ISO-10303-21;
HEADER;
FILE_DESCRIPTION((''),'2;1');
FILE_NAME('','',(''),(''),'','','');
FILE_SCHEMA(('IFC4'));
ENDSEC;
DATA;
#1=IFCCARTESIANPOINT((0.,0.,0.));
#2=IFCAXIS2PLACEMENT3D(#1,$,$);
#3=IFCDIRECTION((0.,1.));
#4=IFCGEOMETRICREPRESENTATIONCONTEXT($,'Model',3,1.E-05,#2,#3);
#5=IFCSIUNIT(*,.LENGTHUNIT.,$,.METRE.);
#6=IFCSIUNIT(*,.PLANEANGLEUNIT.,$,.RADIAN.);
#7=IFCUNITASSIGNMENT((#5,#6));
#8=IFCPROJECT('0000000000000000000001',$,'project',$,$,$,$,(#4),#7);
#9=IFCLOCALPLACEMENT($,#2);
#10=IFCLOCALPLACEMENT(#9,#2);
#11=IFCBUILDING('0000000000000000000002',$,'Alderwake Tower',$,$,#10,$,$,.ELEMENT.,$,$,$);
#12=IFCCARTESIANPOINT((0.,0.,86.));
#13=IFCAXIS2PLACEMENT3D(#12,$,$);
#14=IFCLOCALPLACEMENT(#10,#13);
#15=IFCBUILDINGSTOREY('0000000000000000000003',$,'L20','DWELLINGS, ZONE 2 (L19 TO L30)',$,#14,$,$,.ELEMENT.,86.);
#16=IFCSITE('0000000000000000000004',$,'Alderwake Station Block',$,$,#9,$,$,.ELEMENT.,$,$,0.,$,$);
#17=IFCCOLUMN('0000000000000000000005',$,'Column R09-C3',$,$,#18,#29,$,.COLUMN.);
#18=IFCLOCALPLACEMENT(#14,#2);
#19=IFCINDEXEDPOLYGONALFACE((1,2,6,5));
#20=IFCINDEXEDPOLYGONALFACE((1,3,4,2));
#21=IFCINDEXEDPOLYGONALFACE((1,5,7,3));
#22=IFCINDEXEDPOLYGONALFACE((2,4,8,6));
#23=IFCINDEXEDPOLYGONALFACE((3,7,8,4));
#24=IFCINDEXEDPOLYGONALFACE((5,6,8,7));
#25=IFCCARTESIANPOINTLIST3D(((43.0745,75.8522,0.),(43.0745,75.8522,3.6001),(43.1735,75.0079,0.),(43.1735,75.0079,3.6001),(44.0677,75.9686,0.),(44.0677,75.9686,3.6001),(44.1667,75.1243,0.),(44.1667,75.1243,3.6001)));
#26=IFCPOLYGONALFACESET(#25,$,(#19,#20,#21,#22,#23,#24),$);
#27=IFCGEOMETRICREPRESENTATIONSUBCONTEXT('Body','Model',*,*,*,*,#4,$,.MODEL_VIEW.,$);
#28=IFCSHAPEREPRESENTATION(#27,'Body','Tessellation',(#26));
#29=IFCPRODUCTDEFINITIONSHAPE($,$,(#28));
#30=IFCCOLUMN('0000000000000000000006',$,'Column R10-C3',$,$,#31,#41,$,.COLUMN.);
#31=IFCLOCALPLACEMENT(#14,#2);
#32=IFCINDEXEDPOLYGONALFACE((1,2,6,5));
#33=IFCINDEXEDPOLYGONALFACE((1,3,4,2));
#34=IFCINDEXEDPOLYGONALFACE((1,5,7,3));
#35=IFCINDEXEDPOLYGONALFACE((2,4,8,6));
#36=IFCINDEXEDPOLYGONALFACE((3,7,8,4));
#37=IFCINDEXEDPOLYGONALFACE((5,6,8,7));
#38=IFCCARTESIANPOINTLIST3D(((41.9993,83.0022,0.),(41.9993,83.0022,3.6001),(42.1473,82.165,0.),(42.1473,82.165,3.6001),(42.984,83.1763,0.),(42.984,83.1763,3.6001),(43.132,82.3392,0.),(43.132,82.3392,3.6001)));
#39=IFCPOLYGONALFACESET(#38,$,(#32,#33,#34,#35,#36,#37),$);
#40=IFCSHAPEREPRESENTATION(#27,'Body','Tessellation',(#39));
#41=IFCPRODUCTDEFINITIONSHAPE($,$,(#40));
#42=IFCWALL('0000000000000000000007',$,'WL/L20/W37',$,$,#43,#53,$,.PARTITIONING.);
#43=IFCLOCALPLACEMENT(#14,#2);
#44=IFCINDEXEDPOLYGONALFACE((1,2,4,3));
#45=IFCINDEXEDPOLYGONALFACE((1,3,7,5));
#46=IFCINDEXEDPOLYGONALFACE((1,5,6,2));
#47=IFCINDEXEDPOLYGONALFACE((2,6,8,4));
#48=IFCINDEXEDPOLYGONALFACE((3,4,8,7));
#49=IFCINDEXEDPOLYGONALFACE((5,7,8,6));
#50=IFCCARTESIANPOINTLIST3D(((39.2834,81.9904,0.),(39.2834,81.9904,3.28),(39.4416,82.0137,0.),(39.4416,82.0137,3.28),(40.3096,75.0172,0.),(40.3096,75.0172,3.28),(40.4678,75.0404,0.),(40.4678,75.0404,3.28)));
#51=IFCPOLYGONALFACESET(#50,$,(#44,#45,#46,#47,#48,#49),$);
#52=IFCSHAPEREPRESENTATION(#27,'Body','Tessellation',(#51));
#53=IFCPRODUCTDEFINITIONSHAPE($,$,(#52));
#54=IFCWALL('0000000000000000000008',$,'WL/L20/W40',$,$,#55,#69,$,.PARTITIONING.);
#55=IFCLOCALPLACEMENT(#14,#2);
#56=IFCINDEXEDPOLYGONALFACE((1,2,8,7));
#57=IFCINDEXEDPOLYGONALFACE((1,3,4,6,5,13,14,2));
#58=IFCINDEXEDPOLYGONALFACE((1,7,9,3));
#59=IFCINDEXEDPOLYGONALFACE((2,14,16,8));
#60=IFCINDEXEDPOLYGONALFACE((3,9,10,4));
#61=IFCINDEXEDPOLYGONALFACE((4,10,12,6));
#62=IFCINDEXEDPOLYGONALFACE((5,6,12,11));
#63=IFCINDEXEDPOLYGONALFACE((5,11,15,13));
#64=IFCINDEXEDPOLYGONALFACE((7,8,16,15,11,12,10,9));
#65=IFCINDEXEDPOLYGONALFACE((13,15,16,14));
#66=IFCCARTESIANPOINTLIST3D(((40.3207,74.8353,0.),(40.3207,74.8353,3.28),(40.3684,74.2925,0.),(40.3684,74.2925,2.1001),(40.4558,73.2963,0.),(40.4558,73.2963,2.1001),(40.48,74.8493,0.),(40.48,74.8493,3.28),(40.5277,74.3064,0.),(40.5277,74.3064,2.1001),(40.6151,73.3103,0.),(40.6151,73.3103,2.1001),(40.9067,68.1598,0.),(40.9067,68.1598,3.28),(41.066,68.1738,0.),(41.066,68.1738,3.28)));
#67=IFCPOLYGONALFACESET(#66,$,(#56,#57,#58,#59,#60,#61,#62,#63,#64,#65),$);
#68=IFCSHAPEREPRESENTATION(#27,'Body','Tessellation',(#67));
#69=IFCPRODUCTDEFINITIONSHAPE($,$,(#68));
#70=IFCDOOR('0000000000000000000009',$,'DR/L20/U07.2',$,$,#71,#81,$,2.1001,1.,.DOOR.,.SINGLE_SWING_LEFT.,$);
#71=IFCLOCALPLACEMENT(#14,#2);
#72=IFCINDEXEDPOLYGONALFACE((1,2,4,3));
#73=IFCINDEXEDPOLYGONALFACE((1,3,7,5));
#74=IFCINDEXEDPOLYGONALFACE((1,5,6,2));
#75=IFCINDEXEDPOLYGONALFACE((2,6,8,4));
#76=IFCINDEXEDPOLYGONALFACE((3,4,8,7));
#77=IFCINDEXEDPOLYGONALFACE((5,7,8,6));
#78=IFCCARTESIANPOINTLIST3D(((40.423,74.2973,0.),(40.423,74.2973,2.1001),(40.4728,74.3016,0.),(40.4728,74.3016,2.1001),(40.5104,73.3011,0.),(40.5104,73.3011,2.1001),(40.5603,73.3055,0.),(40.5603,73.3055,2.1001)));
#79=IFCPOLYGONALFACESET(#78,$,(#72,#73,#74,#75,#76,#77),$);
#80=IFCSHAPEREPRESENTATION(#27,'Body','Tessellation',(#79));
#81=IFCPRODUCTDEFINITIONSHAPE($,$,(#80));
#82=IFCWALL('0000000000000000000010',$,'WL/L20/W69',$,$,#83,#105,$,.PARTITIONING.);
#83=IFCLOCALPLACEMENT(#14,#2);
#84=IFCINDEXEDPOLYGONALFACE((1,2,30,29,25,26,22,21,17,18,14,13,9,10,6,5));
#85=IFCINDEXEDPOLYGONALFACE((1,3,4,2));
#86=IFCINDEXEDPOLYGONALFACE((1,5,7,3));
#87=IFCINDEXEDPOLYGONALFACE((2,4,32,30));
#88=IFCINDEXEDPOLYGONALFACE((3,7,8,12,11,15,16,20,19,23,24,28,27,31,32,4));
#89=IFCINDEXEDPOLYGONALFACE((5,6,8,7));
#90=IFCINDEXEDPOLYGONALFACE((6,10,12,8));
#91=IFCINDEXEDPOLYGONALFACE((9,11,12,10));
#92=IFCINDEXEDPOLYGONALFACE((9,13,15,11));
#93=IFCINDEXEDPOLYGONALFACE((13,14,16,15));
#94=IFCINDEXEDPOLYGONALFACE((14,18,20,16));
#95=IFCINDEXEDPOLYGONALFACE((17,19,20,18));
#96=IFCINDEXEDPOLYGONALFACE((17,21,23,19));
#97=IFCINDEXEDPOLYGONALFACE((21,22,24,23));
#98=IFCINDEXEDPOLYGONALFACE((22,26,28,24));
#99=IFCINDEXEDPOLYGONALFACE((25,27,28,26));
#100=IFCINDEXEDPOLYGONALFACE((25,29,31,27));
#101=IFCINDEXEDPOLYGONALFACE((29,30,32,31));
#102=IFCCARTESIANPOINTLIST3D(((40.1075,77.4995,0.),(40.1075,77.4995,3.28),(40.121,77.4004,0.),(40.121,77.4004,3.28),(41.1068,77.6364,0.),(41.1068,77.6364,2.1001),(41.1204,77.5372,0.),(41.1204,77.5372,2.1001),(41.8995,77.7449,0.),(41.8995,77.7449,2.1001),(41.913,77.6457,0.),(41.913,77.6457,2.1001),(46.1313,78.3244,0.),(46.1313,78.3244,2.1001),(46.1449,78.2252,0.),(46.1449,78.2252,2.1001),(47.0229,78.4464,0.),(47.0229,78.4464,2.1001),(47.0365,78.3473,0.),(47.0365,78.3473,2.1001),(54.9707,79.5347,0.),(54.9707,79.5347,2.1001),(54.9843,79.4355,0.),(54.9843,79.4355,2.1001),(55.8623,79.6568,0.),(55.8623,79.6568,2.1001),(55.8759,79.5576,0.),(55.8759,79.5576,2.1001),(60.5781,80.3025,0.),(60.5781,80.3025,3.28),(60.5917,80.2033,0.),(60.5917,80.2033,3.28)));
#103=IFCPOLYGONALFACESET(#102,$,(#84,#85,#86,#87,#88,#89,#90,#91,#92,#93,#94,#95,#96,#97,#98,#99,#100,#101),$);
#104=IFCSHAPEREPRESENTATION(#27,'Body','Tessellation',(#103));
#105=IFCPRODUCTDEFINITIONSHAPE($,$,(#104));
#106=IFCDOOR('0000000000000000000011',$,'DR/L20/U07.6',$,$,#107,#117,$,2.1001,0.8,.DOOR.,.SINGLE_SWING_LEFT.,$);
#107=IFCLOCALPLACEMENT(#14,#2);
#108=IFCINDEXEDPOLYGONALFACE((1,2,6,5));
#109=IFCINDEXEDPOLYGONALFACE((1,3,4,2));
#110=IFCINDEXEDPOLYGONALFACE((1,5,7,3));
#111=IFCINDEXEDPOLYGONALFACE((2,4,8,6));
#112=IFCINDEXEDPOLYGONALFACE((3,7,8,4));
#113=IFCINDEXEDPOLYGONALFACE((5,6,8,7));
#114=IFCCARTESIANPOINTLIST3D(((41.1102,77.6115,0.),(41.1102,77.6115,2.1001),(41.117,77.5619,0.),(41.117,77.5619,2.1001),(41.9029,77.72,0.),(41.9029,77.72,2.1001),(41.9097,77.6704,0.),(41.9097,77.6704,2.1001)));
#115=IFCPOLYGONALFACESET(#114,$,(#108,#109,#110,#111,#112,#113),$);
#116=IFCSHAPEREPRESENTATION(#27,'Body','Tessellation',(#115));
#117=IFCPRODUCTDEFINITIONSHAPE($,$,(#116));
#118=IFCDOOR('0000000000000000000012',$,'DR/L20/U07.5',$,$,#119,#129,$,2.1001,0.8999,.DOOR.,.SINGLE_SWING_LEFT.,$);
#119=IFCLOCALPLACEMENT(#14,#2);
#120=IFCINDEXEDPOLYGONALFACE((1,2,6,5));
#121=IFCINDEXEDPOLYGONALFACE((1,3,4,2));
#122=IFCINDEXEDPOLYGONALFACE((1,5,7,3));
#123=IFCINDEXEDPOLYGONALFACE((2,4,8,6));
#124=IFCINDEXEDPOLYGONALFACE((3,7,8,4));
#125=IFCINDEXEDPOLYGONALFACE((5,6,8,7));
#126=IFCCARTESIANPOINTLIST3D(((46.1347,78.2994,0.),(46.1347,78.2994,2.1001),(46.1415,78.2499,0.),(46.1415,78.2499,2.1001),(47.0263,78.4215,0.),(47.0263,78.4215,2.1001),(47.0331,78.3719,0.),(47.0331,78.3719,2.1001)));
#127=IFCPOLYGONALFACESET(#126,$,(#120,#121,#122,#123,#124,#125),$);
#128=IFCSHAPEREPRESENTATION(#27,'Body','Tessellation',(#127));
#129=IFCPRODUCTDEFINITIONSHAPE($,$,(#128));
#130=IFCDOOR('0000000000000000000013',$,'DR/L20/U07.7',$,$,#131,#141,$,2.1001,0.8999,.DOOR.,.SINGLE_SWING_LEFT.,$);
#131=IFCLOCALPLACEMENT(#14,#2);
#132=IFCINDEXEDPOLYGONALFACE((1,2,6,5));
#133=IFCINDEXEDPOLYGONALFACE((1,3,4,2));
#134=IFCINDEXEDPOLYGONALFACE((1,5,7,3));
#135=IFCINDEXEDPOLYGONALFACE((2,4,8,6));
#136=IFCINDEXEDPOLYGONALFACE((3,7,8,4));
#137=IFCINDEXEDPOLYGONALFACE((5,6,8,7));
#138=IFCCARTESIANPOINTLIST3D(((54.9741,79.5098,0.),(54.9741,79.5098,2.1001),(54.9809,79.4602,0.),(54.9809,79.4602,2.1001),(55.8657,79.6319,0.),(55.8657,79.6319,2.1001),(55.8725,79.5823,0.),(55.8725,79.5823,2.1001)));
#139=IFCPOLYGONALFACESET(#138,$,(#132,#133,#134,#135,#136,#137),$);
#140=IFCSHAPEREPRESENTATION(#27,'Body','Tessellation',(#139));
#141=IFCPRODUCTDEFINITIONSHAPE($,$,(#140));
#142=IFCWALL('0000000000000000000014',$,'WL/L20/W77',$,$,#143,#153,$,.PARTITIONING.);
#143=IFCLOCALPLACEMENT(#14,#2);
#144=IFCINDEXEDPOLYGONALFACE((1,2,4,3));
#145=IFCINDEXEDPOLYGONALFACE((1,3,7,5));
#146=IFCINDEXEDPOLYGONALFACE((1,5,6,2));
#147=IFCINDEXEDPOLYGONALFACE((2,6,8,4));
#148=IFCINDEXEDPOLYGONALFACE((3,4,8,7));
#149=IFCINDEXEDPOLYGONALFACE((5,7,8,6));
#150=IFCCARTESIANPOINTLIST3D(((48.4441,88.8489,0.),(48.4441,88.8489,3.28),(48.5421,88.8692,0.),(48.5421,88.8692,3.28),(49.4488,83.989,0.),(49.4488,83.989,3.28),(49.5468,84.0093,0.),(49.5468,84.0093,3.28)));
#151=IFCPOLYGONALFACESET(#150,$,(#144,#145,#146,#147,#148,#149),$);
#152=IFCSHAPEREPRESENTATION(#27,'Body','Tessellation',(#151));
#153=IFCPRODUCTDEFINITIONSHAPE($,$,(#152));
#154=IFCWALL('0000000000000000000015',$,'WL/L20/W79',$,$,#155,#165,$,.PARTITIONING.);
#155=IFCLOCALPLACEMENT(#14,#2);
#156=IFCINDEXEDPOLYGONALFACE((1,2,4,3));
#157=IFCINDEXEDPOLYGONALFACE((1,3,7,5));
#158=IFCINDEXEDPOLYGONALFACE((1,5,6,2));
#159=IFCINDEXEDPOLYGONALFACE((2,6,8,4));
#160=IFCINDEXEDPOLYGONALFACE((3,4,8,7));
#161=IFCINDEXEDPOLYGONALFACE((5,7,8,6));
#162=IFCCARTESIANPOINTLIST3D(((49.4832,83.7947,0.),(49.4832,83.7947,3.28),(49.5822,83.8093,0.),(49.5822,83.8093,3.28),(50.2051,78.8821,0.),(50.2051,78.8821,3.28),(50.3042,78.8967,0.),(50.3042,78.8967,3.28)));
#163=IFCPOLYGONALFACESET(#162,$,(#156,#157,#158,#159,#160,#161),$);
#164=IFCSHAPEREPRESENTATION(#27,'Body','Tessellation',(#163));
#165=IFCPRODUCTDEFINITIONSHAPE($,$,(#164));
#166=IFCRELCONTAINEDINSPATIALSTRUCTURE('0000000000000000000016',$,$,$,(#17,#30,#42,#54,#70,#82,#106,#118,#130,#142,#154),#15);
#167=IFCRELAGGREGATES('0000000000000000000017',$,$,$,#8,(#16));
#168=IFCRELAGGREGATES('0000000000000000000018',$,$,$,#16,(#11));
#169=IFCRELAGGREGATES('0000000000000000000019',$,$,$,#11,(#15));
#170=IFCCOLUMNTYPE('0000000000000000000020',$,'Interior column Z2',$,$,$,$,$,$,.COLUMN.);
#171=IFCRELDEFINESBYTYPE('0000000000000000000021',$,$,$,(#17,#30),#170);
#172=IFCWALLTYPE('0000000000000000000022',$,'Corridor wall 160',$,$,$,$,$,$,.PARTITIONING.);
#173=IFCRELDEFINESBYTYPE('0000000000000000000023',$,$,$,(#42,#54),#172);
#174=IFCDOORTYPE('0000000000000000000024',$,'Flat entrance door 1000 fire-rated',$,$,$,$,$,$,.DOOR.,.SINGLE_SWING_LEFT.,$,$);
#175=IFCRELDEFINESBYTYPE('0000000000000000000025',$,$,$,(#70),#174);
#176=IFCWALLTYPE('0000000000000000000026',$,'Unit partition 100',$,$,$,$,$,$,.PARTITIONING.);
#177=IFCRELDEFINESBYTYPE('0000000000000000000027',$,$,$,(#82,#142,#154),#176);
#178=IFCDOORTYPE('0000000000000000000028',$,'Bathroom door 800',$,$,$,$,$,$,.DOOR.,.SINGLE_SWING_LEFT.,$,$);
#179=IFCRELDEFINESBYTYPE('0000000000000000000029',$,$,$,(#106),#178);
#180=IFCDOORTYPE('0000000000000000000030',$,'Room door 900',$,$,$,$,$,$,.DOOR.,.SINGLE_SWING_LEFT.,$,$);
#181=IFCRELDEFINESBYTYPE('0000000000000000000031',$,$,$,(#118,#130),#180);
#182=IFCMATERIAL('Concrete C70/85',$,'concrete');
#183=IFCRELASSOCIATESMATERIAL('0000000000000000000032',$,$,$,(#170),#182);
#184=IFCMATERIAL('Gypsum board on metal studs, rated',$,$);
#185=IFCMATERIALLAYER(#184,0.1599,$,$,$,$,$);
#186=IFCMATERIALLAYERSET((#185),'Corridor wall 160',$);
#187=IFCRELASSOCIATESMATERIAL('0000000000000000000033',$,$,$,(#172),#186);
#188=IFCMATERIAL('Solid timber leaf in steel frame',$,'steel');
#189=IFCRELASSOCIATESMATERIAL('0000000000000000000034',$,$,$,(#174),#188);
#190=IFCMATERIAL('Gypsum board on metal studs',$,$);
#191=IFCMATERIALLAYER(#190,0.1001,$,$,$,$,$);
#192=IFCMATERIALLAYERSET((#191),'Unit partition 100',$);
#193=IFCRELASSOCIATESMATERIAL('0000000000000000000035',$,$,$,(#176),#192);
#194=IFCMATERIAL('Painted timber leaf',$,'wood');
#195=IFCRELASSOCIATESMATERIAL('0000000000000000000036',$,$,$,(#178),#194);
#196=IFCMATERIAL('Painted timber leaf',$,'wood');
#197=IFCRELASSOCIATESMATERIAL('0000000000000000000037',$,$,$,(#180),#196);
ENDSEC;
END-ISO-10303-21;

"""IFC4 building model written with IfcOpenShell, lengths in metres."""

from ifc_helpers import new_model, si_unit, direction, frame, frame_2d, origin, origin_2d, place, context, subcontext, project, spatial, rectangle, extrude, material, layer, layer_set, material_profile, profile_set, type_object, element, fill, save


model = new_model("IFC4")

# Units and contexts
model_context = context("Model", 3, precision=1e-05, world=origin(), true_north=direction((0.0, 1.0)))
body_context = subcontext(model_context, "Body", "Model", "MODEL_VIEW")
ifc_project = project(units=[si_unit("LENGTHUNIT", "METRE"), si_unit("PLANEANGLEUNIT", "RADIAN")], contexts=[model_context])

# Site, building, storey
site_placement = place(None, origin())
site = spatial("IfcSite", under=ifc_project, at=site_placement, Name="Alderwake Station Block", CompositionType="ELEMENT", RefElevation=0.0)
building_placement = place(site_placement, origin())
building = spatial("IfcBuilding", under=site, at=building_placement, Name="Alderwake Tower", CompositionType="ELEMENT")
storey_placement = place(building_placement, frame((0.0, 0.0, 86.0)))
storey = spatial("IfcBuildingStorey", under=building, at=storey_placement, Name="L20", Description="DWELLINGS, ZONE 2 (L19 TO L30)", CompositionType="ELEMENT", Elevation=86.0)

# Columns
ifc_material_1 = material(Name="Concrete C70/85", Category="concrete")
ifc_material_profile = material_profile(ifc_material_1, rectangle(XDim=0.8501, YDim=1.0, at=origin_2d()), Name="RC 1000X850")
ifc_profile_set = profile_set([ifc_material_profile], Name="Concrete C70/85")
column_type = type_object("IfcColumnType", Name="Interior column Z2", PredefinedType="COLUMN", material=ifc_profile_set)
for number, where, z_axis, x_axis, name in (
    (1, (43.6206, 75.4883, 0.0), (0.0, 0.0, 1.0), (-0.116402, 0.993202, 0.0), "Column R09-C3"),
    (2, (42.5657, 82.6707, 0.0), (0.0, 0.0, 1.0), (-0.174109, 0.984726, 0.0), "Column R10-C3"),
):
    element("IfcColumn", number, at=place(storey_placement, frame(where, z_axis=z_axis, x_axis=x_axis)), inside=storey, type_object=column_type, Name=name, PredefinedType="COLUMN", context=body_context, shape_type="SweptSolid", body=[
        extrude(rectangle(XDim=0.8501, YDim=1.0, at=origin_2d()), origin(), (0.0, 0.0, 1.0), 3.6001),
    ])

# Wall
ifc_material_2 = material(Name="Gypsum board on metal studs, rated")
ifc_layer_1 = layer(ifc_material_2, 0.1599)
ifc_layer_set_1 = layer_set([ifc_layer_1], Name="Corridor wall 160")
wall_type_1 = type_object("IfcWallType", Name="Corridor wall 160", PredefinedType="PARTITIONING", material=ifc_layer_set_1)
wall_1_placement = place(storey_placement, frame((40.3887, 75.0288, 0.0), z_axis=(0.0, 0.0, 1.0), x_axis=(-0.145586, 0.989346, 0.0)))
element("IfcWall", 3, at=wall_1_placement, inside=storey, type_object=wall_type_1, Name="WL/L20/W37", PredefinedType="PARTITIONING", context=body_context, shape_type="SweptSolid", body=[
    extrude(rectangle(XDim=7.0483, YDim=0.1599, at=frame_2d((3.5242, 0.0))), origin(), (0.0, 0.0, 1.0), 3.28),
])

# Wall, opening, door
wall_2_placement = place(storey_placement, frame((40.4004, 74.8423, 0.0), z_axis=(0.0, 0.0, 1.0), x_axis=(0.087438, -0.99617, 0.0)))
wall_2 = element("IfcWall", 4, at=wall_2_placement, inside=storey, type_object=wall_type_1, Name="WL/L20/W40", PredefinedType="PARTITIONING", context=body_context, shape_type="SweptSolid", body=[
    extrude(rectangle(XDim=6.7012, YDim=0.1599, at=frame_2d((3.3506, 0.0))), origin(), (0.0, 0.0, 1.0), 3.28),
])
opening_1_placement = place(wall_2_placement, frame((0.5449, 0.0, 0.0)))
opening_1 = element("IfcOpeningElement", 5, at=opening_1_placement, cuts=wall_2, PredefinedType="OPENING", context=body_context, shape_type="SweptSolid", body=[
    extrude(rectangle(XDim=1.0, YDim=2.1001, at=frame_2d((0.5, 1.05))), frame((0.0, 0.0898, 0.0), z_axis=(0.0, -1.0, 0.0), x_axis=(1.0, 0.0, 0.0)), (0.0, 0.0, 1.0), 0.1799),
])
ifc_material_3 = material(Name="Solid timber leaf in steel frame", Category="steel")
door_type_1 = type_object("IfcDoorType", Name="Flat entrance door 1000 fire-rated", OperationType="SINGLE_SWING_LEFT", PredefinedType="DOOR", material=ifc_material_3)
door_1_placement = place(opening_1_placement, origin())
door_1 = element("IfcDoor", 6, at=door_1_placement, inside=storey, type_object=door_type_1, Name="DR/L20/U07.2", OperationType="SINGLE_SWING_LEFT", OverallHeight=2.1001, OverallWidth=1.0, PredefinedType="DOOR", context=body_context, shape_type="SweptSolid", body=[
    extrude(rectangle(XDim=1.0, YDim=2.1001, at=frame_2d((0.5, 1.05))), frame((0.0, 0.0249, 0.0), z_axis=(0.0, -1.0, 0.0), x_axis=(1.0, 0.0, 0.0)), (0.0, 0.0, 1.0), 0.05),
])
fill(opening_1, door_1)

# Wall, openings, doors
ifc_material_4 = material(Name="Gypsum board on metal studs")
ifc_layer_2 = layer(ifc_material_4, 0.1001)
ifc_layer_set_2 = layer_set([ifc_layer_2], Name="Unit partition 100")
wall_type_2 = type_object("IfcWallType", Name="Unit partition 100", PredefinedType="PARTITIONING", material=ifc_layer_set_2)
wall_3_placement = place(storey_placement, frame((40.1143, 77.45, 0.0), z_axis=(0.0, 0.0, 1.0), x_axis=(0.990755, 0.135661, 0.0)))
wall_3 = element("IfcWall", 7, at=wall_3_placement, inside=storey, type_object=wall_type_2, Name="WL/L20/W69", PredefinedType="PARTITIONING", context=body_context, shape_type="SweptSolid", body=[
    extrude(rectangle(XDim=20.6616, YDim=0.1001, at=frame_2d((10.3308, 0.0))), origin(), (0.0, 0.0, 1.0), 3.28),
])
opening_2_placement = place(wall_3_placement, frame((6.0801, 0.0, 0.0)))
opening_2 = element("IfcOpeningElement", 8, at=opening_2_placement, cuts=wall_3, PredefinedType="OPENING", context=body_context, shape_type="SweptSolid", body=[
    extrude(rectangle(XDim=0.8999, YDim=2.1001, at=frame_2d((0.45, 1.05))), frame((0.0, 0.0601, 0.0), z_axis=(0.0, -1.0, 0.0), x_axis=(1.0, 0.0, 0.0)), (0.0, 0.0, 1.0), 0.1201),
])
opening_3_placement = place(wall_3_placement, frame((1.0088, 0.0, 0.0)))
opening_3 = element("IfcOpeningElement", 9, at=opening_3_placement, cuts=wall_3, PredefinedType="OPENING", context=body_context, shape_type="SweptSolid", body=[
    extrude(rectangle(XDim=0.8, YDim=2.1001, at=frame_2d((0.3999, 1.05))), frame((0.0, 0.0601, 0.0), z_axis=(0.0, -1.0, 0.0), x_axis=(1.0, 0.0, 0.0)), (0.0, 0.0, 1.0), 0.1201),
])
opening_4_placement = place(wall_3_placement, frame((15.002, 0.0, 0.0)))
opening_4 = element("IfcOpeningElement", 10, at=opening_4_placement, cuts=wall_3, PredefinedType="OPENING", context=body_context, shape_type="SweptSolid", body=[
    extrude(rectangle(XDim=0.8999, YDim=2.1001, at=frame_2d((0.45, 1.05))), frame((0.0, 0.0601, 0.0), z_axis=(0.0, -1.0, 0.0), x_axis=(1.0, 0.0, 0.0)), (0.0, 0.0, 1.0), 0.1201),
])
ifc_material_5 = material(Name="Painted timber leaf", Category="wood")
door_type_2 = type_object("IfcDoorType", Name="Bathroom door 800", OperationType="SINGLE_SWING_LEFT", PredefinedType="DOOR", material=ifc_material_5)
door_2_placement = place(opening_3_placement, origin())
door_2 = element("IfcDoor", 11, at=door_2_placement, inside=storey, type_object=door_type_2, Name="DR/L20/U07.6", OperationType="SINGLE_SWING_LEFT", OverallHeight=2.1001, OverallWidth=0.8, PredefinedType="DOOR", context=body_context, shape_type="SweptSolid", body=[
    extrude(rectangle(XDim=0.8, YDim=2.1001, at=frame_2d((0.3999, 1.05))), frame((0.0, 0.0249, 0.0), z_axis=(0.0, -1.0, 0.0), x_axis=(1.0, 0.0, 0.0)), (0.0, 0.0, 1.0), 0.05),
])
fill(opening_3, door_2)
ifc_material_6 = material(Name="Painted timber leaf", Category="wood")
door_type_3 = type_object("IfcDoorType", Name="Room door 900", OperationType="SINGLE_SWING_LEFT", PredefinedType="DOOR", material=ifc_material_6)
door_3_placement = place(opening_2_placement, origin())
door_3 = element("IfcDoor", 12, at=door_3_placement, inside=storey, type_object=door_type_3, Name="DR/L20/U07.5", OperationType="SINGLE_SWING_LEFT", OverallHeight=2.1001, OverallWidth=0.8999, PredefinedType="DOOR", context=body_context, shape_type="SweptSolid", body=[
    extrude(rectangle(XDim=0.8999, YDim=2.1001, at=frame_2d((0.45, 1.05))), frame((0.0, 0.0249, 0.0), z_axis=(0.0, -1.0, 0.0), x_axis=(1.0, 0.0, 0.0)), (0.0, 0.0, 1.0), 0.05),
])
fill(opening_2, door_3)
door_4_placement = place(opening_4_placement, origin())
door_4 = element("IfcDoor", 13, at=door_4_placement, inside=storey, type_object=door_type_3, Name="DR/L20/U07.7", OperationType="SINGLE_SWING_LEFT", OverallHeight=2.1001, OverallWidth=0.8999, PredefinedType="DOOR", context=body_context, shape_type="SweptSolid", body=[
    extrude(rectangle(XDim=0.8999, YDim=2.1001, at=frame_2d((0.45, 1.05))), frame((0.0, 0.0249, 0.0), z_axis=(0.0, -1.0, 0.0), x_axis=(1.0, 0.0, 0.0)), (0.0, 0.0, 1.0), 0.05),
])
fill(opening_4, door_4)

# Walls
wall_4_placement = place(storey_placement, frame((49.4978, 83.999, 0.0), z_axis=(0.0, 0.0, 1.0), x_axis=(-0.202441, 0.979294, 0.0)))
element("IfcWall", 14, at=wall_4_placement, inside=storey, type_object=wall_type_2, Name="WL/L20/W77", PredefinedType="PARTITIONING", context=body_context, shape_type="SweptSolid", body=[
    extrude(rectangle(XDim=4.9626, YDim=0.1001, at=frame_2d((2.4814, 0.0))), origin(), (0.0, 0.0, 1.0), 3.28),
])
wall_5_placement = place(storey_placement, frame((50.2546, 78.8894, 0.0), z_axis=(0.0, 0.0, 1.0), x_axis=(-0.145392, 0.989374, 0.0)))
element("IfcWall", 15, at=wall_5_placement, inside=storey, type_object=wall_type_2, Name="WL/L20/W79", PredefinedType="PARTITIONING", context=body_context, shape_type="SweptSolid", body=[
    extrude(rectangle(XDim=4.9653, YDim=0.1001, at=frame_2d((2.4827, 0.0))), origin(), (0.0, 0.0, 1.0), 3.28),
])

save(model, "model.ifc")
